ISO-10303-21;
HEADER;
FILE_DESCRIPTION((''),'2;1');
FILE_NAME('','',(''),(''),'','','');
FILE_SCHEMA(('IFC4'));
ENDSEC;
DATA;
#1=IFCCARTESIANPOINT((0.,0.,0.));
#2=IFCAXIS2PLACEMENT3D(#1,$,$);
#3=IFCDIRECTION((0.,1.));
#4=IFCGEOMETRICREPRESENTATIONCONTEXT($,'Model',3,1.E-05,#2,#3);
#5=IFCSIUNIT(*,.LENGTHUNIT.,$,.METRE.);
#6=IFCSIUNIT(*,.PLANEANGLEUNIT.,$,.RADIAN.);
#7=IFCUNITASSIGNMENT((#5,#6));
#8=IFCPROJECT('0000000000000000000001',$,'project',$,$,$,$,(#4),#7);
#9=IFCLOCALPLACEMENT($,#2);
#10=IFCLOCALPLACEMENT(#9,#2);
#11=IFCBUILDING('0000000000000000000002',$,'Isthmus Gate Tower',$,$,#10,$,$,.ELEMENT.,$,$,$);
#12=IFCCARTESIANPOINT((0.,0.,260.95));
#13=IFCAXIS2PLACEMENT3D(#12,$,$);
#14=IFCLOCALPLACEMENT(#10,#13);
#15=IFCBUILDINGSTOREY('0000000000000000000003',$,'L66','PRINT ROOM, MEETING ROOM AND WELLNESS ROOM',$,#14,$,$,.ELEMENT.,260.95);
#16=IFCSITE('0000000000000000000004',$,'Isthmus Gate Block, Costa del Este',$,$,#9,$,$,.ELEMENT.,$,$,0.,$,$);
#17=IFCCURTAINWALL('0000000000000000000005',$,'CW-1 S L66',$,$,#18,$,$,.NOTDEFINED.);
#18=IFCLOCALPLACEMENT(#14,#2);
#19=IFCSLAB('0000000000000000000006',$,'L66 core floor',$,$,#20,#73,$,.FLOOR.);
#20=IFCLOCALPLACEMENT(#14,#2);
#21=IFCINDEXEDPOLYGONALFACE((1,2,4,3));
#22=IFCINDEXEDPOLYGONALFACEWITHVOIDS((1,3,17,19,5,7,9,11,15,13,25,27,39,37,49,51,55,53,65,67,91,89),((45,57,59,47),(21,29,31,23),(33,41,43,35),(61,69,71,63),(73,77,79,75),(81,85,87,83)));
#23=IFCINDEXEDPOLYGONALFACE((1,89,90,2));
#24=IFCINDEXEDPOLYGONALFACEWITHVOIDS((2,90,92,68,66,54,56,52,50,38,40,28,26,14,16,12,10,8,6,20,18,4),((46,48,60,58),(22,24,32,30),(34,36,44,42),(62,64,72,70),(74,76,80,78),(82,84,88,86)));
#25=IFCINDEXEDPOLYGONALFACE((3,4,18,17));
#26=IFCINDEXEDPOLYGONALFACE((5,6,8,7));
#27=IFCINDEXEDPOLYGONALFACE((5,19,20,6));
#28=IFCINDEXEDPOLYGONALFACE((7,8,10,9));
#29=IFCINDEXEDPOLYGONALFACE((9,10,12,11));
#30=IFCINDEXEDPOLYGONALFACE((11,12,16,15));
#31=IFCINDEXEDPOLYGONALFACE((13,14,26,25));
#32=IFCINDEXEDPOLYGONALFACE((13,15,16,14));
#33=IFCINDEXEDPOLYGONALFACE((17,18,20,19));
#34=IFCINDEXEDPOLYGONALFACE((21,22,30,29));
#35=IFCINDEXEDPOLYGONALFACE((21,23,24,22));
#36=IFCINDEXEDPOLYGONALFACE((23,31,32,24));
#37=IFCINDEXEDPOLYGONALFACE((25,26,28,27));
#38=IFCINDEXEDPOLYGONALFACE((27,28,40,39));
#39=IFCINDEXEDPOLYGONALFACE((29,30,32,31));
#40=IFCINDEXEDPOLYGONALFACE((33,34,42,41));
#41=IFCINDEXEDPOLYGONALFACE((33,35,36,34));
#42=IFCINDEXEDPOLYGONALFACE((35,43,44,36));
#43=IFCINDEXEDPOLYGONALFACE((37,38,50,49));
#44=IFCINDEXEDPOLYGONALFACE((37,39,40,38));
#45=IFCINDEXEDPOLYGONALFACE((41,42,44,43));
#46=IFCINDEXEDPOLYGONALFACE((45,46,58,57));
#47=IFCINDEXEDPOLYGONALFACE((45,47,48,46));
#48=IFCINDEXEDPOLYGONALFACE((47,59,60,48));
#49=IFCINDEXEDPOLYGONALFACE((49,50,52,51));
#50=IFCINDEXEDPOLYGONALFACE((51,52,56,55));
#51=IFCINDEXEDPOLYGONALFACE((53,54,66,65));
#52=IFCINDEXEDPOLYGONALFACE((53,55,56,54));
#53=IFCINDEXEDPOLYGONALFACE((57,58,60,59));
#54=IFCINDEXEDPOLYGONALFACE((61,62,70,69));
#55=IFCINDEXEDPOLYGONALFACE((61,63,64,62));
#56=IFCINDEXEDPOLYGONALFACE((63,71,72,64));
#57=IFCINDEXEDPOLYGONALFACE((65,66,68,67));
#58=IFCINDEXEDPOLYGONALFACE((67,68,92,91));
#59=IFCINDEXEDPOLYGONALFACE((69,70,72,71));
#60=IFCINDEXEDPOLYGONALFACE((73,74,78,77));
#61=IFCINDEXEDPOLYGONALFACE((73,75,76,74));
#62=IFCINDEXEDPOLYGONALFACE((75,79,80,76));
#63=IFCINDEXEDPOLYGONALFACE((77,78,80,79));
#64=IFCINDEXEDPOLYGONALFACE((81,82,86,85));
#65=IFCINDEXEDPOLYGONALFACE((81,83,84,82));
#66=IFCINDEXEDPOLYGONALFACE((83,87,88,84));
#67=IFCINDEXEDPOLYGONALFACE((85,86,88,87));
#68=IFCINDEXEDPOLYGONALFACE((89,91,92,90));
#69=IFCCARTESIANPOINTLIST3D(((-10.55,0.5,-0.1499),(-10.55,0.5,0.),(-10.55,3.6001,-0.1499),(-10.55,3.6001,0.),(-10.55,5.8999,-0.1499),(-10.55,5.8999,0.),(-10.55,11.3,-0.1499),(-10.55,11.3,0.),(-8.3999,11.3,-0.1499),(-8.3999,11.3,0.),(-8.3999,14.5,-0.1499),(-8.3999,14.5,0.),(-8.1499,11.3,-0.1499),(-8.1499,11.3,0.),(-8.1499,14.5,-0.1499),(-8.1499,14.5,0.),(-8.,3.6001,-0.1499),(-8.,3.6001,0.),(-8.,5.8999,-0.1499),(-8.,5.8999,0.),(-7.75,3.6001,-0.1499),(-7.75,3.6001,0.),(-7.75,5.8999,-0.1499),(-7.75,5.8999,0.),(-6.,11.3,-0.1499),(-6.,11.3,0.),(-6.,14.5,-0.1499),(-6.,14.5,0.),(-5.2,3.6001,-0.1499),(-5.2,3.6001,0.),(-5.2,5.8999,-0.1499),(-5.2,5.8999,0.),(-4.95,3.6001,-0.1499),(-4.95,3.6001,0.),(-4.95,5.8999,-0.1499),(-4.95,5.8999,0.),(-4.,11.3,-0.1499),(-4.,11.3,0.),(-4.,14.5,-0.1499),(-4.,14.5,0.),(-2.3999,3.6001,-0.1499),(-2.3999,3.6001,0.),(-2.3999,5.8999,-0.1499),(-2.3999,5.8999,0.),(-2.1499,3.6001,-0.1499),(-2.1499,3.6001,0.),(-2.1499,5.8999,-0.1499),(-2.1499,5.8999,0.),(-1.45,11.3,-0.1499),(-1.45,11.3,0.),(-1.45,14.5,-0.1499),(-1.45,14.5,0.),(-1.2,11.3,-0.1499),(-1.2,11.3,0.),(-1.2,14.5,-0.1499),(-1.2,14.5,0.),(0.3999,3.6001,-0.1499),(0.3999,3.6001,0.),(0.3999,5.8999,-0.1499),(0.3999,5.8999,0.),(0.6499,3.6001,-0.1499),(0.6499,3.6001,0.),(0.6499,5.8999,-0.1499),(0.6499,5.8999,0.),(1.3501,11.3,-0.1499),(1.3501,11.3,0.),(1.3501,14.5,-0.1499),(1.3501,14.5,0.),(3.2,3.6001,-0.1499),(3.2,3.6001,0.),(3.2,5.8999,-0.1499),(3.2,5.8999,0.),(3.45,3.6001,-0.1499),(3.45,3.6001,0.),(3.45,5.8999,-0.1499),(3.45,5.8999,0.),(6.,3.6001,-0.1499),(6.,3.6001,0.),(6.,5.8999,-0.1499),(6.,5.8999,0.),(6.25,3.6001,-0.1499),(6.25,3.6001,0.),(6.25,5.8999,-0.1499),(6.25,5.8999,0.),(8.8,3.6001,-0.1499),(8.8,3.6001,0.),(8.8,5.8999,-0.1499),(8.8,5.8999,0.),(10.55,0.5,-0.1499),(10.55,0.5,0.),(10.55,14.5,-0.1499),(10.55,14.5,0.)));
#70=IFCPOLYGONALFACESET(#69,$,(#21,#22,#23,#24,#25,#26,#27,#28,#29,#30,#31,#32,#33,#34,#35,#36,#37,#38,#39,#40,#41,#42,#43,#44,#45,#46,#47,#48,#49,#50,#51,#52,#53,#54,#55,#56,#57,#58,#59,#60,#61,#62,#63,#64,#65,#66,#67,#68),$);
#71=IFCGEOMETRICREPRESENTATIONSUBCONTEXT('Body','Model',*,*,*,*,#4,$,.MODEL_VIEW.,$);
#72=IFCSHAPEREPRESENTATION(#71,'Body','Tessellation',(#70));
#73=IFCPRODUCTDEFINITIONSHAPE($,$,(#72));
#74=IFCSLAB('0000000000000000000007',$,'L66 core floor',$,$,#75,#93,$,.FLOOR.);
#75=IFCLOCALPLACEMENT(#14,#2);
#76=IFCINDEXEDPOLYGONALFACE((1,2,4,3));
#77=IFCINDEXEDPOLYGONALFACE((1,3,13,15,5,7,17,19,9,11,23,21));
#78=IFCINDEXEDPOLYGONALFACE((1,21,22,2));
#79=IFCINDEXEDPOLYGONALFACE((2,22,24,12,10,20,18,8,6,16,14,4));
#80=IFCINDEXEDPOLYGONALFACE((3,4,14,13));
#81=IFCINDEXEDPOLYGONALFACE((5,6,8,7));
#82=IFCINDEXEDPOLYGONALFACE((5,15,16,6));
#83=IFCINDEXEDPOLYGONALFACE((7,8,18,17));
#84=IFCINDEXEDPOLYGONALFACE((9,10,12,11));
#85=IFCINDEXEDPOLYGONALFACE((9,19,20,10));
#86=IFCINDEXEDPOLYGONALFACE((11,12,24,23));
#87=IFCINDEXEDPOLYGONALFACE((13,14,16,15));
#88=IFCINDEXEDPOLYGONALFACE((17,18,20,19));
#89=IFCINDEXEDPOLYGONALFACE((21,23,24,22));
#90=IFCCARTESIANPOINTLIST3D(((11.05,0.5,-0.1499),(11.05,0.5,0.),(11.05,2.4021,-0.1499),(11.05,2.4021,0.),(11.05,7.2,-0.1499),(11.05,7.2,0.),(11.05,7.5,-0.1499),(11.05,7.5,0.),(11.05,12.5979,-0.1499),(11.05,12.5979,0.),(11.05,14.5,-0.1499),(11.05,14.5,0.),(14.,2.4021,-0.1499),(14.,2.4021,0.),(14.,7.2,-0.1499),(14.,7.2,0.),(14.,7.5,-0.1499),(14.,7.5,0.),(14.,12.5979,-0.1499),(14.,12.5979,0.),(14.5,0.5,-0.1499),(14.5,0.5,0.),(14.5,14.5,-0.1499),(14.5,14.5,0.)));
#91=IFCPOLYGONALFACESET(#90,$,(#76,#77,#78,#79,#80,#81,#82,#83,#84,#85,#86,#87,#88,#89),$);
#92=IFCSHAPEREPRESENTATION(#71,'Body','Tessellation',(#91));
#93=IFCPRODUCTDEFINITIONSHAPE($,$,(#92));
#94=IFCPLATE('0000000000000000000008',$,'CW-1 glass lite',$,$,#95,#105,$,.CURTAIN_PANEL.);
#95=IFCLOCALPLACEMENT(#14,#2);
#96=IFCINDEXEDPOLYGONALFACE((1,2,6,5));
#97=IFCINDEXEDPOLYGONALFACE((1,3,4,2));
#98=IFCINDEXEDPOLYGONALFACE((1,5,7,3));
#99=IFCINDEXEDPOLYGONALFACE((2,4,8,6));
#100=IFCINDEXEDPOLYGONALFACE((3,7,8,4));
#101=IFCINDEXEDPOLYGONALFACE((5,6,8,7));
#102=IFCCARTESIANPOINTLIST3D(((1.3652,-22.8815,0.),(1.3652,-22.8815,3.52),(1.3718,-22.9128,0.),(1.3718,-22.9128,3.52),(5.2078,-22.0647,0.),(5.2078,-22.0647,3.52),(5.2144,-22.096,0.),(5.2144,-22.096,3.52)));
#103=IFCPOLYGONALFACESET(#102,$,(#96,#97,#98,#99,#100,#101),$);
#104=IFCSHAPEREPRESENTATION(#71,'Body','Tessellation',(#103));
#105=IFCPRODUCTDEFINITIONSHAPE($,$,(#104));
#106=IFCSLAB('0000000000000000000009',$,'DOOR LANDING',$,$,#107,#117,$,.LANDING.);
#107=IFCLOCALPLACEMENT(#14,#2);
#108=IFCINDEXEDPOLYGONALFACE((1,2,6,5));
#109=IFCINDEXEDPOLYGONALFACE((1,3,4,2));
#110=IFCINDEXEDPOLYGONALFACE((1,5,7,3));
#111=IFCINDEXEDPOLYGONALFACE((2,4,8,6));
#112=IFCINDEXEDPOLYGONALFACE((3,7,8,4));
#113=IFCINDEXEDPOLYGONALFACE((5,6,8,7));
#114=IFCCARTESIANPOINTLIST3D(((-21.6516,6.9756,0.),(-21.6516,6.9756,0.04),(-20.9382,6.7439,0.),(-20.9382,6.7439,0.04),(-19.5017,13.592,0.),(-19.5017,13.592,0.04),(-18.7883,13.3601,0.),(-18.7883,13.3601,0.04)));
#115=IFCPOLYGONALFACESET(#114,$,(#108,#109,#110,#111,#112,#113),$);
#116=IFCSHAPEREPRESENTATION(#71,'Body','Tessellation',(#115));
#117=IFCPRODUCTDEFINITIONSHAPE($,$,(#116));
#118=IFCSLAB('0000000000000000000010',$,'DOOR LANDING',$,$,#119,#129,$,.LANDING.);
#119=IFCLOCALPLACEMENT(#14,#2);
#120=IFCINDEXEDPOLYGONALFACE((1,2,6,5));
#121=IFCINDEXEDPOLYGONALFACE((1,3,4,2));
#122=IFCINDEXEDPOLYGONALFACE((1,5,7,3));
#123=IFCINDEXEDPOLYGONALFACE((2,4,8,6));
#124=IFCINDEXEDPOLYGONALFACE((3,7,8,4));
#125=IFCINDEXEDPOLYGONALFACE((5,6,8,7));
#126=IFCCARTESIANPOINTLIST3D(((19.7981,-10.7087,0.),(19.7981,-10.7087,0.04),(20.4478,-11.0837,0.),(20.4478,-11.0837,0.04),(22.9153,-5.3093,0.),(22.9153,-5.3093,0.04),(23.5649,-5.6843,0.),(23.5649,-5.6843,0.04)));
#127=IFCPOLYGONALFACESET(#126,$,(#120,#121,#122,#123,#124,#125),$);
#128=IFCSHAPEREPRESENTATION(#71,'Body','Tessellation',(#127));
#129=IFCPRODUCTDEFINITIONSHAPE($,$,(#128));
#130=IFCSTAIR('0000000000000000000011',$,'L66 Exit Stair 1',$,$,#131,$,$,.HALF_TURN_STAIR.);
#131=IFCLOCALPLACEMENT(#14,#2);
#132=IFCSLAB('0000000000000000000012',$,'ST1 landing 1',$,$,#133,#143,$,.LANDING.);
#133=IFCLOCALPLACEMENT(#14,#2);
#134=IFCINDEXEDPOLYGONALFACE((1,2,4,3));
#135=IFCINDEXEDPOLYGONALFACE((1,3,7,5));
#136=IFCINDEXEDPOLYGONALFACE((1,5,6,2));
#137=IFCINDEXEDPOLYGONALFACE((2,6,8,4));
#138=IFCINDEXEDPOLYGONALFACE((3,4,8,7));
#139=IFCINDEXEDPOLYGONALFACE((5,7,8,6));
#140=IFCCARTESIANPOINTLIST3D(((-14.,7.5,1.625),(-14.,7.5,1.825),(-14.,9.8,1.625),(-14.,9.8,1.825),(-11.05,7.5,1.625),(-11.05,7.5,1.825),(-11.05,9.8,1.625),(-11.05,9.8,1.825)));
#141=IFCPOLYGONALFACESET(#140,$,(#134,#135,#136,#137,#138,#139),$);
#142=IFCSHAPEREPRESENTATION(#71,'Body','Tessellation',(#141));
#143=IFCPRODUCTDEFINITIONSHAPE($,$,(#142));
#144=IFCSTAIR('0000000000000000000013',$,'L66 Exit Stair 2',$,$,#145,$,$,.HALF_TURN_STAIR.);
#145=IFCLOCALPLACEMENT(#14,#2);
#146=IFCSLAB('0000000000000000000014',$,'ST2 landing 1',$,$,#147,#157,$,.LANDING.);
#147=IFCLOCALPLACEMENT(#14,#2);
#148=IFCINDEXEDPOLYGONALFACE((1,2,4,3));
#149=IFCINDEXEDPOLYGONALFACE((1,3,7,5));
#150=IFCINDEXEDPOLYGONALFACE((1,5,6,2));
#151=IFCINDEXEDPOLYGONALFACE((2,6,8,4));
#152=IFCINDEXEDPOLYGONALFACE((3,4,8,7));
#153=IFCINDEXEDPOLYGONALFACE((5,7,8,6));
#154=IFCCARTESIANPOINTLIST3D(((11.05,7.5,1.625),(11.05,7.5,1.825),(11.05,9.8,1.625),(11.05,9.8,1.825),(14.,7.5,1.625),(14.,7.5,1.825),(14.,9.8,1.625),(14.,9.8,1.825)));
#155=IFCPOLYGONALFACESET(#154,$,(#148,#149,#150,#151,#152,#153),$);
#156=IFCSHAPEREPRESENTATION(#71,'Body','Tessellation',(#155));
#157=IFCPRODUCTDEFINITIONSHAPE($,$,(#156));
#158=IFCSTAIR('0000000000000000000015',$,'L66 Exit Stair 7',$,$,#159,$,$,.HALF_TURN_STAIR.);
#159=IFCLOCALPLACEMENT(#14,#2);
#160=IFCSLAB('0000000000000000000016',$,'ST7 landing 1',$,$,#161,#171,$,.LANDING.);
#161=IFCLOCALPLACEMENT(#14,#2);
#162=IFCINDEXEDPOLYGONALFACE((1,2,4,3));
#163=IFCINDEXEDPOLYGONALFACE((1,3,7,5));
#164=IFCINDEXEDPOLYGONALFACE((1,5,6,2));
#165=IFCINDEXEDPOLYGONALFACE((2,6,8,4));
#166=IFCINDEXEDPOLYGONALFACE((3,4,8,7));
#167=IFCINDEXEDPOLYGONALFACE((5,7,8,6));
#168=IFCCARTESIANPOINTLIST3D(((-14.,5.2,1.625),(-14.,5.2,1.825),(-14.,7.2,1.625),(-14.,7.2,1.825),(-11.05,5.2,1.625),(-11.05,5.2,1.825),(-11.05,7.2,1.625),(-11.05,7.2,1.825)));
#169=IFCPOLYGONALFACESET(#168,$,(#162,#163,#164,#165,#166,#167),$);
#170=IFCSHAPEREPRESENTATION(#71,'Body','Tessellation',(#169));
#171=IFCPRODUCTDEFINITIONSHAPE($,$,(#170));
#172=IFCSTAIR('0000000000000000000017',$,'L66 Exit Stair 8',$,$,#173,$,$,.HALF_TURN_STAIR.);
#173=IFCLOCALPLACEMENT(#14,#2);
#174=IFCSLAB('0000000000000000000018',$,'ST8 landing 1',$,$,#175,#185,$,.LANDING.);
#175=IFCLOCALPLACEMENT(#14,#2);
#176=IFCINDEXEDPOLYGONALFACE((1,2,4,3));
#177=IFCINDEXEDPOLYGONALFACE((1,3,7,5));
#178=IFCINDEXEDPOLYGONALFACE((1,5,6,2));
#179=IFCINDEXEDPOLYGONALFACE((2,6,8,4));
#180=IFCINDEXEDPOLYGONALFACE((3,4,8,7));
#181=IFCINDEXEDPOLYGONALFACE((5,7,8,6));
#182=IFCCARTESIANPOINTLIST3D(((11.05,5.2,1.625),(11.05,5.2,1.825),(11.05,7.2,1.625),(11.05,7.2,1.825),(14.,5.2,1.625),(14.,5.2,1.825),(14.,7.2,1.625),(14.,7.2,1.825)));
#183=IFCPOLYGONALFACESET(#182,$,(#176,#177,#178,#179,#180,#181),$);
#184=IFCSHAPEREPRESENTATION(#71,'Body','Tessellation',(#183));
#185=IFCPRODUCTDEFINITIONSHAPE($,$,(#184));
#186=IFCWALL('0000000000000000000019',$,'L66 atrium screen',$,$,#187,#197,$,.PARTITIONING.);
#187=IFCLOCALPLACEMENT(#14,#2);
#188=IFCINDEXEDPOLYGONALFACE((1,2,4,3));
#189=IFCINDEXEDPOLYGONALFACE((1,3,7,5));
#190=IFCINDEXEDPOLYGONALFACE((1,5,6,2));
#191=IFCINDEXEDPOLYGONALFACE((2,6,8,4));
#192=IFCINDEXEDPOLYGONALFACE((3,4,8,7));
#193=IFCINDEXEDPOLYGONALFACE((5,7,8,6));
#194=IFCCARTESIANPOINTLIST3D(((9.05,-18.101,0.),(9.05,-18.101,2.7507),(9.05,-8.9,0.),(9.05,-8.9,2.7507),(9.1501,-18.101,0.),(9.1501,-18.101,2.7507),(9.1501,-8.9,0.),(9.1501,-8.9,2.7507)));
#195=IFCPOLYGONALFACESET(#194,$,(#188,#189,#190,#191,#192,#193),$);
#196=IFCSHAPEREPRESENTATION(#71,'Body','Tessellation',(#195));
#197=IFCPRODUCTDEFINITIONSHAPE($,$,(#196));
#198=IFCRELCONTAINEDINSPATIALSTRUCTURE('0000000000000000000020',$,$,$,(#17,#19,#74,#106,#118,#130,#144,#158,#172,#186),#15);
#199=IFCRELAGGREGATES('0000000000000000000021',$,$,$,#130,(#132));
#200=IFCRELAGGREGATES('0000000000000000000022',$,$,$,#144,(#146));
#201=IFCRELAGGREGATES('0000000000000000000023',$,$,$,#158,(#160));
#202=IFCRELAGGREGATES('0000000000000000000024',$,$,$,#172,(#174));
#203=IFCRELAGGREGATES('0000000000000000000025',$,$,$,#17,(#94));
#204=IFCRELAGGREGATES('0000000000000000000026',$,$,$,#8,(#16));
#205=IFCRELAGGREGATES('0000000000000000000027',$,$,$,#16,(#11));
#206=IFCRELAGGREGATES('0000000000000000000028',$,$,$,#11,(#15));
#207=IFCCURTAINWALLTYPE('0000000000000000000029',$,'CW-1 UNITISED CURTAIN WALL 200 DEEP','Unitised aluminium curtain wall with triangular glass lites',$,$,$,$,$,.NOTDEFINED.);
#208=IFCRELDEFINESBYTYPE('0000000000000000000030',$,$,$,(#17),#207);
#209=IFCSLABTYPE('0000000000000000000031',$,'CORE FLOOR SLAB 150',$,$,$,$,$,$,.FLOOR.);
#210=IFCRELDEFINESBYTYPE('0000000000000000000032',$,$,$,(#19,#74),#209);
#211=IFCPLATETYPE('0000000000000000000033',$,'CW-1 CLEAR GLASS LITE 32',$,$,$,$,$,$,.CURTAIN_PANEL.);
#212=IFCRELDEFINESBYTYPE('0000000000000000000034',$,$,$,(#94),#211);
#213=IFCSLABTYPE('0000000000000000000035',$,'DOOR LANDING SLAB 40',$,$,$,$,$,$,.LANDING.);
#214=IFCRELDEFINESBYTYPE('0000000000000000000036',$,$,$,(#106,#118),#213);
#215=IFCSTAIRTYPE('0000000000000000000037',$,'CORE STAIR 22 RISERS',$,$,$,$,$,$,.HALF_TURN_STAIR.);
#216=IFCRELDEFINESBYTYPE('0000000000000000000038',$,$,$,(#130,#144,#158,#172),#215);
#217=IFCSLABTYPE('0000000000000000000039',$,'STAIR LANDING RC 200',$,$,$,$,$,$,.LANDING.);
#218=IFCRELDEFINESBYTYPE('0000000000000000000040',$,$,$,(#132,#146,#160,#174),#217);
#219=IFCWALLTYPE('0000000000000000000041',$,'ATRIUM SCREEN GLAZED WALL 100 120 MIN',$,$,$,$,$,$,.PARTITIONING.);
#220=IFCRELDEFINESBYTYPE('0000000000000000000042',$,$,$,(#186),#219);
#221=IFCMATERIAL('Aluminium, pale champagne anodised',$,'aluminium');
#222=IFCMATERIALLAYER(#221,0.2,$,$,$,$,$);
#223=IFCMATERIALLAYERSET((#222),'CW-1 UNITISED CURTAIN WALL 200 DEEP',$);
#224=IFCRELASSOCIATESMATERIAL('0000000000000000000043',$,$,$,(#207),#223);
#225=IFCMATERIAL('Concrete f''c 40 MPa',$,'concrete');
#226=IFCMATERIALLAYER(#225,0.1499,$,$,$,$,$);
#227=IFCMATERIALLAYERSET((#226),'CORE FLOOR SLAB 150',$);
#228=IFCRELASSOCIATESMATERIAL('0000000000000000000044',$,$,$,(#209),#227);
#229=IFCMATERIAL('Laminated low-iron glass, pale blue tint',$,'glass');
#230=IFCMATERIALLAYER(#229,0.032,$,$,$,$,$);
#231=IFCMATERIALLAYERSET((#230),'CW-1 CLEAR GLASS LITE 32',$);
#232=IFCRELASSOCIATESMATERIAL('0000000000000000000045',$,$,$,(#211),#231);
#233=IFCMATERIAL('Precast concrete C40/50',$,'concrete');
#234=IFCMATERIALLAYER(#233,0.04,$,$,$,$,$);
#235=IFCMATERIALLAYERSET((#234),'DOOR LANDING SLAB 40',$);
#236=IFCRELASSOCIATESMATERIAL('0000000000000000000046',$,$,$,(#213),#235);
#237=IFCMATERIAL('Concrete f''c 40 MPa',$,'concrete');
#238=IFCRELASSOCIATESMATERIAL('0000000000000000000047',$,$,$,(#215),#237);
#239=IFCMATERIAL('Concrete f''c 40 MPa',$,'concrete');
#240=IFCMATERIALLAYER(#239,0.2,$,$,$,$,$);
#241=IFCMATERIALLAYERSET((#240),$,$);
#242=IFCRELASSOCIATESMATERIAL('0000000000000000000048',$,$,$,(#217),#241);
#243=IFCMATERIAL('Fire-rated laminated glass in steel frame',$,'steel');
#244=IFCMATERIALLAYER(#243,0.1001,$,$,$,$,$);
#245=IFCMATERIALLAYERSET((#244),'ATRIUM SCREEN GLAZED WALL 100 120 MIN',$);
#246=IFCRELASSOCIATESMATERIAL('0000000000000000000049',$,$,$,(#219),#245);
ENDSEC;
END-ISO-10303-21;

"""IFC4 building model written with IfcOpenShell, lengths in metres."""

from ifc_helpers import new_model, si_unit, direction, frame, frame_2d, origin, origin_2d, place, context, subcontext, project, spatial, polyline, rectangle, outline, extrude, material, layer, layer_set, type_object, element, aggregate, save


model = new_model("IFC4")

# Units and contexts
model_context = context("Model", 3, precision=1e-05, world=origin(), true_north=direction((0.0, 1.0)))
body_context = subcontext(model_context, "Body", "Model", "MODEL_VIEW")
ifc_project = project(units=[si_unit("LENGTHUNIT", "METRE"), si_unit("PLANEANGLEUNIT", "RADIAN")], contexts=[model_context])

# Site, building, storey
site_placement = place(None, origin())
site = spatial("IfcSite", under=ifc_project, at=site_placement, Name="Isthmus Gate Block, Costa del Este", CompositionType="ELEMENT", RefElevation=0.0)
building_placement = place(site_placement, origin())
building = spatial("IfcBuilding", under=site, at=building_placement, Name="Isthmus Gate Tower", CompositionType="ELEMENT")
storey_placement = place(building_placement, frame((0.0, 0.0, 260.95)))
storey = spatial("IfcBuildingStorey", under=building, at=storey_placement, Name="L66", Description="PRINT ROOM, MEETING ROOM AND WELLNESS ROOM", CompositionType="ELEMENT", Elevation=260.95)

# Curtain wall
ifc_material_1 = material(Name="Aluminium, pale champagne anodised", Category="aluminium")
ifc_layer_1 = layer(ifc_material_1, 0.2)
ifc_layer_set_1 = layer_set([ifc_layer_1], Name="CW-1 UNITISED CURTAIN WALL 200 DEEP")
curtain_wall_type = type_object("IfcCurtainWallType", Name="CW-1 UNITISED CURTAIN WALL 200 DEEP", Description="Unitised aluminium curtain wall with triangular glass lites", PredefinedType="NOTDEFINED", material=ifc_layer_set_1)
curtain_wall_placement = place(storey_placement, origin())
curtain_wall = element("IfcCurtainWall", 1, at=curtain_wall_placement, inside=storey, type_object=curtain_wall_type, Name="CW-1 S L66", PredefinedType="NOTDEFINED")

# Slabs
ifc_material_2 = material(Name="Concrete f'c 40 MPa", Category="concrete")
ifc_layer_2 = layer(ifc_material_2, 0.1499)
ifc_layer_set_2 = layer_set([ifc_layer_2], Name="CORE FLOOR SLAB 150")
slab_type_1 = type_object("IfcSlabType", Name="CORE FLOOR SLAB 150", PredefinedType="FLOOR", material=ifc_layer_set_2)
slab_1_placement = place(storey_placement, frame((0.0, 0.0, -0.1499)))
element("IfcSlab", 2, at=slab_1_placement, inside=storey, type_object=slab_type_1, Name="L66 core floor", PredefinedType="FLOOR", context=body_context, shape_type="SweptSolid", body=[
    extrude(outline(polyline([(10.55, 14.5), (1.3501, 14.5), (1.3501, 11.3), (-1.2, 11.3), (-1.2, 14.5), (-1.45, 14.5), (-1.45, 11.3), (-4.0, 11.3), (-4.0, 14.5), (-6.0, 14.5), (-6.0, 11.3), (-8.1499, 11.3), (-8.1499, 14.5), (-8.3999, 14.5), (-8.3999, 11.3), (-10.55, 11.3), (-10.55, 5.8999), (-8.0, 5.8999), (-8.0, 3.6001), (-10.55, 3.6001), (-10.55, 0.5), (10.55, 0.5), (10.55, 14.5)]), holes=[polyline([(-5.2, 5.8999), (-5.2, 3.6001), (-7.75, 3.6001), (-7.75, 5.8999), (-5.2, 5.8999)]), polyline([(-2.3999, 5.8999), (-2.3999, 3.6001), (-4.95, 3.6001), (-4.95, 5.8999), (-2.3999, 5.8999)]), polyline([(0.3999, 5.8999), (0.3999, 3.6001), (-2.1499, 3.6001), (-2.1499, 5.8999), (0.3999, 5.8999)]), polyline([(3.2, 5.8999), (3.2, 3.6001), (0.6499, 3.6001), (0.6499, 5.8999), (3.2, 5.8999)]), polyline([(6.0, 5.8999), (6.0, 3.6001), (3.45, 3.6001), (3.45, 5.8999), (6.0, 5.8999)]), polyline([(8.8, 5.8999), (8.8, 3.6001), (6.25, 3.6001), (6.25, 5.8999), (8.8, 5.8999)])]), origin(), (0.0, 0.0, 1.0), 0.1499),
])
slab_2_placement = place(storey_placement, frame((0.0, 0.0, -0.1499)))
element("IfcSlab", 3, at=slab_2_placement, inside=storey, type_object=slab_type_1, Name="L66 core floor", PredefinedType="FLOOR", context=body_context, shape_type="SweptSolid", body=[
    extrude(outline(polyline([(11.05, 14.5), (11.05, 12.5979), (14.0, 12.5979), (14.0, 7.5), (11.05, 7.5), (11.05, 7.2), (14.0, 7.2), (14.0, 2.4021), (11.05, 2.4021), (11.05, 0.5), (14.5, 0.5), (14.5, 14.5), (11.05, 14.5)])), origin(), (0.0, 0.0, 1.0), 0.1499),
])

# Plate
ifc_material_3 = material(Name="Laminated low-iron glass, pale blue tint", Category="glass")
ifc_layer_3 = layer(ifc_material_3, 0.032)
ifc_layer_set_3 = layer_set([ifc_layer_3], Name="CW-1 CLEAR GLASS LITE 32")
plate_type = type_object("IfcPlateType", Name="CW-1 CLEAR GLASS LITE 32", PredefinedType="CURTAIN_PANEL", material=ifc_layer_set_3)
plate_placement = place(storey_placement, frame((3.2898, -22.4888, 0.0), z_axis=(0.0, 0.0, 1.0), x_axis=(0.978148, 0.207912, 0.0)))
plate = element("IfcPlate", 4, at=plate_placement, type_object=plate_type, Name="CW-1 glass lite", PredefinedType="CURTAIN_PANEL", context=body_context, shape_type="SweptSolid", body=[
    extrude(rectangle(XDim=3.9285, YDim=0.032, at=origin_2d()), origin(), (0.0, 0.0, 1.0), 3.52),
])

# Slabs
ifc_material_4 = material(Name="Precast concrete C40/50", Category="concrete")
ifc_layer_4 = layer(ifc_material_4, 0.04)
ifc_layer_set_4 = layer_set([ifc_layer_4], Name="DOOR LANDING SLAB 40")
slab_type_2 = type_object("IfcSlabType", Name="DOOR LANDING SLAB 40", PredefinedType="LANDING", material=ifc_layer_set_4)
slab_3_placement = place(storey_placement, origin())
element("IfcSlab", 5, at=slab_3_placement, inside=storey, type_object=slab_type_2, Name="DOOR LANDING", PredefinedType="LANDING", context=body_context, shape_type="SweptSolid", body=[
    extrude(outline(polyline([(-19.5017, 13.592), (-21.6516, 6.9756), (-20.9382, 6.7439), (-18.7883, 13.3601), (-19.5017, 13.592)])), origin(), (0.0, 0.0, 1.0), 0.04),
])
slab_4_placement = place(storey_placement, origin())
element("IfcSlab", 6, at=slab_4_placement, inside=storey, type_object=slab_type_2, Name="DOOR LANDING", PredefinedType="LANDING", context=body_context, shape_type="SweptSolid", body=[
    extrude(outline(polyline([(20.4478, -11.0837), (23.5649, -5.6843), (22.9153, -5.3093), (19.7981, -10.7087), (20.4478, -11.0837)])), origin(), (0.0, 0.0, 1.0), 0.04),
])

# Stairs, slabs
ifc_material_5 = material(Name="Concrete f'c 40 MPa", Category="concrete")
stair_type = type_object("IfcStairType", Name="CORE STAIR 22 RISERS", PredefinedType="HALF_TURN_STAIR", material=ifc_material_5)
stair_1_placement = place(storey_placement, origin())
stair_1 = element("IfcStair", 7, at=stair_1_placement, inside=storey, type_object=stair_type, Name="L66 Exit Stair 1", PredefinedType="HALF_TURN_STAIR")
ifc_material_6 = material(Name="Concrete f'c 40 MPa", Category="concrete")
ifc_layer_5 = layer(ifc_material_6, 0.2)
ifc_layer_set_5 = layer_set([ifc_layer_5])
slab_type_3 = type_object("IfcSlabType", Name="STAIR LANDING RC 200", PredefinedType="LANDING", material=ifc_layer_set_5)
slab_5_placement = place(storey_placement, frame((0.0, 0.0, 1.625)))
slab_5 = element("IfcSlab", 8, at=slab_5_placement, type_object=slab_type_3, Name="ST1 landing 1", PredefinedType="LANDING", context=body_context, shape_type="SweptSolid", body=[
    extrude(outline(polyline([(-14.0, 9.8), (-14.0, 7.5), (-11.05, 7.5), (-11.05, 9.8), (-14.0, 9.8)])), origin(), (0.0, 0.0, 1.0), 0.2),
])
aggregate(stair_1, [slab_5])
stair_2_placement = place(storey_placement, origin())
stair_2 = element("IfcStair", 9, at=stair_2_placement, inside=storey, type_object=stair_type, Name="L66 Exit Stair 2", PredefinedType="HALF_TURN_STAIR")
slab_6_placement = place(storey_placement, frame((0.0, 0.0, 1.625)))
slab_6 = element("IfcSlab", 10, at=slab_6_placement, type_object=slab_type_3, Name="ST2 landing 1", PredefinedType="LANDING", context=body_context, shape_type="SweptSolid", body=[
    extrude(outline(polyline([(11.05, 9.8), (11.05, 7.5), (14.0, 7.5), (14.0, 9.8), (11.05, 9.8)])), origin(), (0.0, 0.0, 1.0), 0.2),
])
aggregate(stair_2, [slab_6])
stair_3_placement = place(storey_placement, origin())
stair_3 = element("IfcStair", 11, at=stair_3_placement, inside=storey, type_object=stair_type, Name="L66 Exit Stair 7", PredefinedType="HALF_TURN_STAIR")
slab_7_placement = place(storey_placement, frame((0.0, 0.0, 1.625)))
slab_7 = element("IfcSlab", 12, at=slab_7_placement, type_object=slab_type_3, Name="ST7 landing 1", PredefinedType="LANDING", context=body_context, shape_type="SweptSolid", body=[
    extrude(outline(polyline([(-11.05, 5.2), (-11.05, 7.2), (-14.0, 7.2), (-14.0, 5.2), (-11.05, 5.2)])), origin(), (0.0, 0.0, 1.0), 0.2),
])
aggregate(stair_3, [slab_7])
stair_4_placement = place(storey_placement, origin())
stair_4 = element("IfcStair", 13, at=stair_4_placement, inside=storey, type_object=stair_type, Name="L66 Exit Stair 8", PredefinedType="HALF_TURN_STAIR")
slab_8_placement = place(storey_placement, frame((0.0, 0.0, 1.625)))
slab_8 = element("IfcSlab", 14, at=slab_8_placement, type_object=slab_type_3, Name="ST8 landing 1", PredefinedType="LANDING", context=body_context, shape_type="SweptSolid", body=[
    extrude(outline(polyline([(14.0, 5.2), (14.0, 7.2), (11.05, 7.2), (11.05, 5.2), (14.0, 5.2)])), origin(), (0.0, 0.0, 1.0), 0.2),
])
aggregate(stair_4, [slab_8])

# Wall
ifc_material_7 = material(Name="Fire-rated laminated glass in steel frame", Category="steel")
ifc_layer_6 = layer(ifc_material_7, 0.1001)
ifc_layer_set_6 = layer_set([ifc_layer_6], Name="ATRIUM SCREEN GLAZED WALL 100 120 MIN")
wall_type_1 = type_object("IfcWallType", Name="ATRIUM SCREEN GLAZED WALL 100 120 MIN", PredefinedType="PARTITIONING", material=ifc_layer_set_6)
wall_1_placement = place(storey_placement, frame((9.1001, -8.8999, 0.0), z_axis=(0.0, 0.0, 1.0), x_axis=(0.0, -1.0, 0.0)))
element("IfcWall", 15, at=wall_1_placement, inside=storey, type_object=wall_type_1, Name="L66 atrium screen", PredefinedType="PARTITIONING", context=body_context, shape_type="SweptSolid", body=[
    extrude(rectangle(XDim=9.2009, YDim=0.1001, at=frame_2d((4.6006, 0.0))), origin(), (0.0, 0.0, 1.0), 2.7507),
])

aggregate(curtain_wall, [plate])

save(model, "model.ifc")
